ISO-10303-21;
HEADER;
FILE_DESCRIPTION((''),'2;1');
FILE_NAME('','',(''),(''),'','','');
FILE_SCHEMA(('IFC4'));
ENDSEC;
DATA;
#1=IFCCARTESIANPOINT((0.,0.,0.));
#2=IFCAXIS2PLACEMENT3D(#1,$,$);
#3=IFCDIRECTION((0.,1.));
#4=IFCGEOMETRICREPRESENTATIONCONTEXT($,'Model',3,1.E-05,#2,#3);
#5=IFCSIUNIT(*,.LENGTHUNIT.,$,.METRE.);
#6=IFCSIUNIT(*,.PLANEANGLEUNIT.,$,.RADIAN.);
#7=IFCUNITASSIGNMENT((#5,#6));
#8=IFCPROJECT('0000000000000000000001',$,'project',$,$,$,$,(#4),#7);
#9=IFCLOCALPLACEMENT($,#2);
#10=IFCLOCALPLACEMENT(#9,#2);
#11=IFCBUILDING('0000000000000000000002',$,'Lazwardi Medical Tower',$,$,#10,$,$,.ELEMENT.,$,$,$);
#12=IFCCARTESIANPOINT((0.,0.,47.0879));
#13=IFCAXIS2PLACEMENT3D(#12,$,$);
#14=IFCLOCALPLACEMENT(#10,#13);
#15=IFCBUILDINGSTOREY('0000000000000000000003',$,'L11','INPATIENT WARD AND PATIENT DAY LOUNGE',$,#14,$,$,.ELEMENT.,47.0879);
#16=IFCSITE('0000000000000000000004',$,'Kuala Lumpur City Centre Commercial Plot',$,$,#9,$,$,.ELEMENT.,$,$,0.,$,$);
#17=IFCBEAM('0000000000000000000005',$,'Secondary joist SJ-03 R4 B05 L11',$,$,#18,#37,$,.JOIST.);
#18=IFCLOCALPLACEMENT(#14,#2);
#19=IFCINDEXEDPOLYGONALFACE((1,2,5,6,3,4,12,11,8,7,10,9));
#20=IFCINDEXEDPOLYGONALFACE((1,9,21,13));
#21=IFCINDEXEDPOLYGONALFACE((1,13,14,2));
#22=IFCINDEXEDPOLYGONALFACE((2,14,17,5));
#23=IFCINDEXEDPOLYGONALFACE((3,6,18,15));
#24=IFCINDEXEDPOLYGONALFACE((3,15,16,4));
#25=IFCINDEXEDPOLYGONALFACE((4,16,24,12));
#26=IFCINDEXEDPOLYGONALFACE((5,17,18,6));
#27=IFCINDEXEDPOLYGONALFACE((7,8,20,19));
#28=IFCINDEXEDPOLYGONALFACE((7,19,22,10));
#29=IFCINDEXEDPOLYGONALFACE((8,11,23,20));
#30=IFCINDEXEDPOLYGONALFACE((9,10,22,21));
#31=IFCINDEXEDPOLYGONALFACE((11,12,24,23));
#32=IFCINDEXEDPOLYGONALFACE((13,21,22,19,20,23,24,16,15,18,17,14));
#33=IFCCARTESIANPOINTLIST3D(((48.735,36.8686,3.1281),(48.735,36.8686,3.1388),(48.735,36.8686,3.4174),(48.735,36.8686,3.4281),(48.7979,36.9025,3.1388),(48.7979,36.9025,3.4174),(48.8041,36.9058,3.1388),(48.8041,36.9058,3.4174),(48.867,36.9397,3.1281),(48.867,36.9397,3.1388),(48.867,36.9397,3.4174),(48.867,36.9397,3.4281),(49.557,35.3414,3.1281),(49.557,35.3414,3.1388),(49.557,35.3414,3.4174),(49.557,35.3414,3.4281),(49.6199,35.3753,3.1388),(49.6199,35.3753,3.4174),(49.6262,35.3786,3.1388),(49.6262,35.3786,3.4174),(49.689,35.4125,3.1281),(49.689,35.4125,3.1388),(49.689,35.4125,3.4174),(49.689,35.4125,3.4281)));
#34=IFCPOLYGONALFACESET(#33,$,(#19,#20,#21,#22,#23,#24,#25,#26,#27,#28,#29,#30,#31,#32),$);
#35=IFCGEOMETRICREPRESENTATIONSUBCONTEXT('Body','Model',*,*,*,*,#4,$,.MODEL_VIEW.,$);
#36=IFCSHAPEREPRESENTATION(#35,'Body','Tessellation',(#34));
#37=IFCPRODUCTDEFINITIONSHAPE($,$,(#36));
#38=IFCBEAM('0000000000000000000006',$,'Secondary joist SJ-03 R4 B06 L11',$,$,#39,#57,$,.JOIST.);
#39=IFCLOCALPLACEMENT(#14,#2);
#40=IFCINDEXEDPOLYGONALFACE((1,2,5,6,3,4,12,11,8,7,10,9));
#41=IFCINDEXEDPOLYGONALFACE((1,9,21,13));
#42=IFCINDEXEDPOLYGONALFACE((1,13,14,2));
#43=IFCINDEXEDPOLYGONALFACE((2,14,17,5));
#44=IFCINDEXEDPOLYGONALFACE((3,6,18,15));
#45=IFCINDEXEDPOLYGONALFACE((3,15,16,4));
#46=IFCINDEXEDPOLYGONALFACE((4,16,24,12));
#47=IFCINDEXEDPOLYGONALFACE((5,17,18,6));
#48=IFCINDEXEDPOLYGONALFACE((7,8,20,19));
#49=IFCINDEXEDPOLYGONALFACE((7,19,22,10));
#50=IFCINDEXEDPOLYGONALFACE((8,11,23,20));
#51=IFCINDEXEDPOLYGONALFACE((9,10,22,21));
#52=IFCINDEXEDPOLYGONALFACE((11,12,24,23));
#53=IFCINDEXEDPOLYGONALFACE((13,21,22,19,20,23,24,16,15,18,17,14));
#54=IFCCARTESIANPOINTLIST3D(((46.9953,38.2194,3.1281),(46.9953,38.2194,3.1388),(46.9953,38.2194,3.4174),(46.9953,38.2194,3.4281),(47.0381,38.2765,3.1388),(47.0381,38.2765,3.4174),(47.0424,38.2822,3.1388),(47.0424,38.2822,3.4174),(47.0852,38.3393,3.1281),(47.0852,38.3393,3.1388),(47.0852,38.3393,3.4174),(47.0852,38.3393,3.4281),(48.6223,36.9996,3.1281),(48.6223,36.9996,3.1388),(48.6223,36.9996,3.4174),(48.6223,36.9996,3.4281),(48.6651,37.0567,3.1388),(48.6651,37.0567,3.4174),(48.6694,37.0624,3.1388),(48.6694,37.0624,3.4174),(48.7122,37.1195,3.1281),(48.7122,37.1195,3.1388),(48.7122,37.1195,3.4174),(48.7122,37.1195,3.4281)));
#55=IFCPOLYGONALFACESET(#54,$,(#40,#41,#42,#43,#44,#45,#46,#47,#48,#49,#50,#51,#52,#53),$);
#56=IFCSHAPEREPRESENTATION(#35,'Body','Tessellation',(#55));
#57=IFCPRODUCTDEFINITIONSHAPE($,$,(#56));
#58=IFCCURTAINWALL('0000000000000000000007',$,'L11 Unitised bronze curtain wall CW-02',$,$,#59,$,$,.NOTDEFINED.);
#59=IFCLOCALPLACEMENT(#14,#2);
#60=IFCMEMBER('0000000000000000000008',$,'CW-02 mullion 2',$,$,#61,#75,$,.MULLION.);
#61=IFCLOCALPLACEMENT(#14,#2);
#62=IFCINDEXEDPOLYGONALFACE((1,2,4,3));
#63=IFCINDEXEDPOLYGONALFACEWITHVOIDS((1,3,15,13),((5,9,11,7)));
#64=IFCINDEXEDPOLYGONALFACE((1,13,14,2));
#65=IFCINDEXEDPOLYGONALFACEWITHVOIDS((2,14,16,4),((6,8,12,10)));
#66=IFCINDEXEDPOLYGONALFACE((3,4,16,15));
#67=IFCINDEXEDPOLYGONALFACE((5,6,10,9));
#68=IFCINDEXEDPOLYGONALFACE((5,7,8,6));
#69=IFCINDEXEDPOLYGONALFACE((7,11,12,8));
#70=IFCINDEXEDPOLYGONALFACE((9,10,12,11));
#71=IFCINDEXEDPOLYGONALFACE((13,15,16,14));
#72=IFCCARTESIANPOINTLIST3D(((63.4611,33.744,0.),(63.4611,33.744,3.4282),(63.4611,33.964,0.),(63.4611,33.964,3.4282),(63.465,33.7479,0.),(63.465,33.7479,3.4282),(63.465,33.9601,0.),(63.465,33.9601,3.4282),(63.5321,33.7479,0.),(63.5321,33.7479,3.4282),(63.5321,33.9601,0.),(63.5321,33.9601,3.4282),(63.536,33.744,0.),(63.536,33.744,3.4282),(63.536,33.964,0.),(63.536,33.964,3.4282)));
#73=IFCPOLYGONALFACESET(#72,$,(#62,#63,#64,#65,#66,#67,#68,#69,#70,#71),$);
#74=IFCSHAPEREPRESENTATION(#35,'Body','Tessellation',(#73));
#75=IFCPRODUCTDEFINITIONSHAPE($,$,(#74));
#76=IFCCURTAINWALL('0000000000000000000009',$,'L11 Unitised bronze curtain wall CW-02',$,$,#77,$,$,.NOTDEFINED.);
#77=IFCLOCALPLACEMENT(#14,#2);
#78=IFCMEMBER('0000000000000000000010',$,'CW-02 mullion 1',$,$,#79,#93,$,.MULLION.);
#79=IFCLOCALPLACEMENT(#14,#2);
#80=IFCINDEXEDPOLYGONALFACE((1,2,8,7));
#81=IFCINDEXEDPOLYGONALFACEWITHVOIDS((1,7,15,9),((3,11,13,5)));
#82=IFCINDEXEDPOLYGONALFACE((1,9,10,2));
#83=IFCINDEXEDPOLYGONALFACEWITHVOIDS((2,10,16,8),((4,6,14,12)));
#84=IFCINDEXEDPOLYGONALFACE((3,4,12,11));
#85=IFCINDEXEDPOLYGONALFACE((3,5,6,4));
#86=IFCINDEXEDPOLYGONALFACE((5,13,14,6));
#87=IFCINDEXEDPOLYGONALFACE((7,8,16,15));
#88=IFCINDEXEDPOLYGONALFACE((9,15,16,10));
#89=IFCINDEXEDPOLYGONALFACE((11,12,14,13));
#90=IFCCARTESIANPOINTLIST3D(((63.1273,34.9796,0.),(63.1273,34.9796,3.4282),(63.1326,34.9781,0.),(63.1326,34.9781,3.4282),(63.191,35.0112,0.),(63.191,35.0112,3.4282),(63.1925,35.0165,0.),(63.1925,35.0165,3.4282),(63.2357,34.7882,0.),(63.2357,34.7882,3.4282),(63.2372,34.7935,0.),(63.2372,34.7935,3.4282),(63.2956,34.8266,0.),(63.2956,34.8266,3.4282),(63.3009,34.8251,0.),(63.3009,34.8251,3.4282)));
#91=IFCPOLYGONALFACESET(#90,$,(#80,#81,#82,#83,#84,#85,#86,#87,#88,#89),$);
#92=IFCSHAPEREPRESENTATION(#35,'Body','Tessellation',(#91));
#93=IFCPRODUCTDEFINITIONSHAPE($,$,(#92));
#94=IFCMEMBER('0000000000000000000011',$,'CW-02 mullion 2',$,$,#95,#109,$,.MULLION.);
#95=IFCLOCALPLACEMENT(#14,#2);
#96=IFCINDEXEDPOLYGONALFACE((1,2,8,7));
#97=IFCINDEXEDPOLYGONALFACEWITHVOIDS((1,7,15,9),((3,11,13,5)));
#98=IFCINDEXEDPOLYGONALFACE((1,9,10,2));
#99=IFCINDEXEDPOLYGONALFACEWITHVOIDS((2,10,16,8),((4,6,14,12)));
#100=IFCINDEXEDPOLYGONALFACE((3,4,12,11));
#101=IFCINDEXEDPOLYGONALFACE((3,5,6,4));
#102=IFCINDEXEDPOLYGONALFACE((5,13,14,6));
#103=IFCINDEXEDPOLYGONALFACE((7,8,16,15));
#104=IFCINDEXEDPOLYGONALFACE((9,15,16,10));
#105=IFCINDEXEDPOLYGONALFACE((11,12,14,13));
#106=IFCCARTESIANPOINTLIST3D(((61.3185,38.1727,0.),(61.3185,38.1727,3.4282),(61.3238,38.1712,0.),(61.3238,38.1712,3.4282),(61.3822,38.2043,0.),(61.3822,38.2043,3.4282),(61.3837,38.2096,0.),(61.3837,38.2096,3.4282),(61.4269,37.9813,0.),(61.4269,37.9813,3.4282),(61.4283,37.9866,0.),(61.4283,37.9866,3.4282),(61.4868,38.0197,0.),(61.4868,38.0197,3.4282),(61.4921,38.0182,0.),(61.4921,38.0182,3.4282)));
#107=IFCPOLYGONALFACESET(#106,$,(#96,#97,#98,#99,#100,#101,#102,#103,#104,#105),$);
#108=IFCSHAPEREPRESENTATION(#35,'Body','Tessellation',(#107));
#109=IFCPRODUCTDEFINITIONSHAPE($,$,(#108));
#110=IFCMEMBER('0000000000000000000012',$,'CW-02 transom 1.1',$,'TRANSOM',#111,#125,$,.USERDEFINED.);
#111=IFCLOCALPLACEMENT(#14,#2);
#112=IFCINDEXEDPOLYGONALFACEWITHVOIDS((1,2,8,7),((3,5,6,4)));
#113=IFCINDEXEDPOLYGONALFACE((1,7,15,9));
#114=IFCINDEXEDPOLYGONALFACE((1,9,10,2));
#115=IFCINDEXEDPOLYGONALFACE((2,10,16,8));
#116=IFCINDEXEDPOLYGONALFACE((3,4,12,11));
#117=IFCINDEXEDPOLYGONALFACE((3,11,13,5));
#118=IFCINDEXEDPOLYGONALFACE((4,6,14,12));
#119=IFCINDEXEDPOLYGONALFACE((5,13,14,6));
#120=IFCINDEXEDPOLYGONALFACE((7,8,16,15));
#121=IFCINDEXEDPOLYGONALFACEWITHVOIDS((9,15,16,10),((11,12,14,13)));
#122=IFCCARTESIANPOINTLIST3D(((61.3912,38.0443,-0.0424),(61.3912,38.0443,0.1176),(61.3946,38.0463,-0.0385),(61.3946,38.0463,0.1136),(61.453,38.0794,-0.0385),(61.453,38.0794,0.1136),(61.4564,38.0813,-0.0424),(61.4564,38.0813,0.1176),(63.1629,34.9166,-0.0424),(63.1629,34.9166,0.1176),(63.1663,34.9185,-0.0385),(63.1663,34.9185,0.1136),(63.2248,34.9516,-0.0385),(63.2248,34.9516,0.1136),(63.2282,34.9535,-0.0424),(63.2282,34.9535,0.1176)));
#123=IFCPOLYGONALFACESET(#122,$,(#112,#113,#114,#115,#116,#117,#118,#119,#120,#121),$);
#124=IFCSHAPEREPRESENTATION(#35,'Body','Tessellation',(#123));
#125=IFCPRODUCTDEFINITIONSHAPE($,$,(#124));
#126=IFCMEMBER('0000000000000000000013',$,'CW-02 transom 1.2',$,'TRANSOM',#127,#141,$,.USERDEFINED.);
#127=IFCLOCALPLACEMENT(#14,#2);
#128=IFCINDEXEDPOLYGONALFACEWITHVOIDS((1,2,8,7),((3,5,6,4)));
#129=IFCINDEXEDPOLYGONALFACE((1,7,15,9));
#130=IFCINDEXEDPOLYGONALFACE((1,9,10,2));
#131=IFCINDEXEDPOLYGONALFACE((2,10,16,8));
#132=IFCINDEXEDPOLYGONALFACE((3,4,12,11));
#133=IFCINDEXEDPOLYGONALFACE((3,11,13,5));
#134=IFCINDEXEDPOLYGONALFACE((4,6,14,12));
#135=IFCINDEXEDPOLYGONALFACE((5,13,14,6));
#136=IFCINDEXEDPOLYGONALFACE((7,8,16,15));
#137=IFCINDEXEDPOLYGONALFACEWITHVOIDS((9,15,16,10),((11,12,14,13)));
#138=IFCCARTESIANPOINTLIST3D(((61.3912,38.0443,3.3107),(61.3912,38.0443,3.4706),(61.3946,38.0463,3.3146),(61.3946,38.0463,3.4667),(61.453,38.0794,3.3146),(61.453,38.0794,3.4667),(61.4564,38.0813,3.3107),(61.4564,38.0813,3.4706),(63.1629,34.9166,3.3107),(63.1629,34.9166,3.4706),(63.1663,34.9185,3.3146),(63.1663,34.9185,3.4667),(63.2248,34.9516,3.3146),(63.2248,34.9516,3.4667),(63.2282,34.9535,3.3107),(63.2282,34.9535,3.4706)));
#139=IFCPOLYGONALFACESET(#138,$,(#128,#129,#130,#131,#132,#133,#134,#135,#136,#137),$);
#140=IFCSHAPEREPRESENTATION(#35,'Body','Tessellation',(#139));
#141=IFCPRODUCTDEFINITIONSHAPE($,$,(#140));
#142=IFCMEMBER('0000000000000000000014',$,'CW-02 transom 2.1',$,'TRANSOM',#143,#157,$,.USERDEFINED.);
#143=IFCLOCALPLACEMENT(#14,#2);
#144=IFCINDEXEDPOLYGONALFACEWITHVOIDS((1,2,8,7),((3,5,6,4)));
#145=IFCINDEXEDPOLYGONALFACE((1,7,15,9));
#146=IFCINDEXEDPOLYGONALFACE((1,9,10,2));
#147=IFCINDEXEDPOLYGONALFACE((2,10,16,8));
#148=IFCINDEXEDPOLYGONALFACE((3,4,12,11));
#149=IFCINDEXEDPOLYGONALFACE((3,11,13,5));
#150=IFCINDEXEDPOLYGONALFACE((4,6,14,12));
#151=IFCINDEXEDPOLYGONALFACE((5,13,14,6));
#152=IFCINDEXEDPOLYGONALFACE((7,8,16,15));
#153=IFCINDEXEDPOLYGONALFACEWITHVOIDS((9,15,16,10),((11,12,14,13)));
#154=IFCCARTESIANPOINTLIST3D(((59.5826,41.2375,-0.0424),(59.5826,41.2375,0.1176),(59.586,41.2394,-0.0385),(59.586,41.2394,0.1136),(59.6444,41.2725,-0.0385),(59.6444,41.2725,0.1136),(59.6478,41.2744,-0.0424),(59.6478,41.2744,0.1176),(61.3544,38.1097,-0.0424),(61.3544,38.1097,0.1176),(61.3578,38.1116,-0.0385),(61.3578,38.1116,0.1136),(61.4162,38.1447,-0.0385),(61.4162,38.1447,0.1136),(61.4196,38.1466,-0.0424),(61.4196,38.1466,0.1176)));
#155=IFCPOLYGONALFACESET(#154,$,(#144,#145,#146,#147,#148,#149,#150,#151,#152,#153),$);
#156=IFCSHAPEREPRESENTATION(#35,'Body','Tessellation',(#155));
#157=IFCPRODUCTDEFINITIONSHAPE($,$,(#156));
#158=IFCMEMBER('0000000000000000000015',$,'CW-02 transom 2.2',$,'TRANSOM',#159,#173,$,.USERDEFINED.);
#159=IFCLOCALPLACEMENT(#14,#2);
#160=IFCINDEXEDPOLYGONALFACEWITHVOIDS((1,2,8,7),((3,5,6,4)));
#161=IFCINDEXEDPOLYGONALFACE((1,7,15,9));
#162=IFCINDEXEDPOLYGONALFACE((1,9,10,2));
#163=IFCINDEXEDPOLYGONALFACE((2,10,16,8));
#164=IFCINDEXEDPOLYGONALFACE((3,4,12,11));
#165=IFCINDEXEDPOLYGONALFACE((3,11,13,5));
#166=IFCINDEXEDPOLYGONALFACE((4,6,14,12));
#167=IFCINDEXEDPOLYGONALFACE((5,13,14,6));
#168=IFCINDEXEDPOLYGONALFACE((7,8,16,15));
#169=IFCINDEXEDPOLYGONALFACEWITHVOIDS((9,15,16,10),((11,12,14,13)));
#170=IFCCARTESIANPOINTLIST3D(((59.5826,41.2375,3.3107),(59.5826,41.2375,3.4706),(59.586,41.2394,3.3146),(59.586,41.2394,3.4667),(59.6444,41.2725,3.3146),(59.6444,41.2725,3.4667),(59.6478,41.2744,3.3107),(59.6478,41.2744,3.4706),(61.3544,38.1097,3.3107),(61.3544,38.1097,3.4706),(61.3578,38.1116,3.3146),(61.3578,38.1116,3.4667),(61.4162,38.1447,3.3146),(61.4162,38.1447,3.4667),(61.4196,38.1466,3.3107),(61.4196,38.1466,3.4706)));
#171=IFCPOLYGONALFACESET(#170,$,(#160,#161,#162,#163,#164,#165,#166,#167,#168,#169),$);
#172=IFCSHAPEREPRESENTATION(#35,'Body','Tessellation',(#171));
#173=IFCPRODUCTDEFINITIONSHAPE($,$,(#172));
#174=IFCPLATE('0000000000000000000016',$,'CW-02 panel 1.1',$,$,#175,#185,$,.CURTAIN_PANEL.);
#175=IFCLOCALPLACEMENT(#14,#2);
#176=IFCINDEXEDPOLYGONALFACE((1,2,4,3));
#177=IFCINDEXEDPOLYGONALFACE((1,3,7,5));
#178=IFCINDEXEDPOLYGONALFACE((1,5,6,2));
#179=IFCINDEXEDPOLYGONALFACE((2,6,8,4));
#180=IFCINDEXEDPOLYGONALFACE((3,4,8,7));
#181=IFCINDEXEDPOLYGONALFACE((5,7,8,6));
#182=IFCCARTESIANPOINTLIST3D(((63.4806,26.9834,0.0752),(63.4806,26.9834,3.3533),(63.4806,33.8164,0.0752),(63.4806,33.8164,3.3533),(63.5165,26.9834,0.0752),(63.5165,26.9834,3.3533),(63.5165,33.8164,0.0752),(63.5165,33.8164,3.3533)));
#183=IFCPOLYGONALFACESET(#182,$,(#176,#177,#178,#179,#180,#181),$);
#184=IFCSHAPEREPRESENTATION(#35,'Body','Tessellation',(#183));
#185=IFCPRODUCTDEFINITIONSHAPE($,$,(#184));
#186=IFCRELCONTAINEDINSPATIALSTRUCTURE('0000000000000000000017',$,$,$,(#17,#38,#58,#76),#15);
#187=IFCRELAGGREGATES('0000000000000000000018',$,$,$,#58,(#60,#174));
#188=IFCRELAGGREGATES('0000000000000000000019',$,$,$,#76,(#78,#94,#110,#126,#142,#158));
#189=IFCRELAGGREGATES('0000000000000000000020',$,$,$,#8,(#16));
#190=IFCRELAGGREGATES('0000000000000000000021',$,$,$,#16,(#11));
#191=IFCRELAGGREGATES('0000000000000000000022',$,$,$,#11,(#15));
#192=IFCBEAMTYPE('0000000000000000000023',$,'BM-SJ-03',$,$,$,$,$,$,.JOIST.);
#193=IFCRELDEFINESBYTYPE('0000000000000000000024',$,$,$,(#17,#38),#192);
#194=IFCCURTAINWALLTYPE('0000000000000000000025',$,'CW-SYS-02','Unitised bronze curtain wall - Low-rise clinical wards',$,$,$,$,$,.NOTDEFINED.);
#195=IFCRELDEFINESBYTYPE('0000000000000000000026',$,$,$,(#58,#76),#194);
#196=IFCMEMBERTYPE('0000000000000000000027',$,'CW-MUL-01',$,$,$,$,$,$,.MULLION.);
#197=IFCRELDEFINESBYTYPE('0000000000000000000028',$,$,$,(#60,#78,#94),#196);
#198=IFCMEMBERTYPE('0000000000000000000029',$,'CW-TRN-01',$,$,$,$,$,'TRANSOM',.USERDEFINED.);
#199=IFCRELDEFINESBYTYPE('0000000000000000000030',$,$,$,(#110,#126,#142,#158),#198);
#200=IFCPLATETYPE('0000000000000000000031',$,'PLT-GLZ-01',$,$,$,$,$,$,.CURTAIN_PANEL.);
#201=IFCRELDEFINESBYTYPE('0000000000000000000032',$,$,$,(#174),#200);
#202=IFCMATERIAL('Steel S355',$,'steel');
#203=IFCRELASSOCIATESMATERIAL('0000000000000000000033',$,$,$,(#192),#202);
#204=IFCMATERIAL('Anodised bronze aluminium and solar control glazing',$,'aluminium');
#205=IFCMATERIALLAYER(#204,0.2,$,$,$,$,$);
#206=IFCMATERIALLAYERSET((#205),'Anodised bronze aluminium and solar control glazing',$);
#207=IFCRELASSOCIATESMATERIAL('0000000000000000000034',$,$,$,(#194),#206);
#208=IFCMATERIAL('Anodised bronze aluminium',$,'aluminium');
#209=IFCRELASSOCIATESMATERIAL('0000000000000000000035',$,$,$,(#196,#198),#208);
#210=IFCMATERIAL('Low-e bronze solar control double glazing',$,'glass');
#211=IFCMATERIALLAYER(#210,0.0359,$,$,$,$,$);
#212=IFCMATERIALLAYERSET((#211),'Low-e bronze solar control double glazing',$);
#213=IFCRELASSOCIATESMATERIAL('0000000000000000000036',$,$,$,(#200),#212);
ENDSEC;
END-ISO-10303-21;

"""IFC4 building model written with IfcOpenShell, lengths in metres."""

from ifc_helpers import new_model, si_unit, direction, frame, origin, origin_2d, place, context, subcontext, project, spatial, rectangle, hollow_rectangle, i_section, extrude, material, layer, layer_set, material_profile, profile_set, type_object, element, aggregate, save


model = new_model("IFC4")

# Units and contexts
model_context = context("Model", 3, precision=1e-05, world=origin(), true_north=direction((0.0, 1.0)))
body_context = subcontext(model_context, "Body", "Model", "MODEL_VIEW")
ifc_project = project(units=[si_unit("LENGTHUNIT", "METRE"), si_unit("PLANEANGLEUNIT", "RADIAN")], contexts=[model_context])

# Site, building, storey
site_placement = place(None, origin())
site = spatial("IfcSite", under=ifc_project, at=site_placement, Name="Kuala Lumpur City Centre Commercial Plot", CompositionType="ELEMENT", RefElevation=0.0)
building_placement = place(site_placement, origin())
building = spatial("IfcBuilding", under=site, at=building_placement, Name="Lazwardi Medical Tower", CompositionType="ELEMENT")
storey_placement = place(building_placement, frame((0.0, 0.0, 47.0879)))
storey = spatial("IfcBuildingStorey", under=building, at=storey_placement, Name="L11", Description="INPATIENT WARD AND PATIENT DAY LOUNGE", CompositionType="ELEMENT", Elevation=47.0879)

# Beams
ifc_material_1 = material(Name="Steel S355", Category="steel")
ifc_material_profile_1 = material_profile(ifc_material_1, i_section(OverallWidth=0.1499, OverallDepth=0.3, WebThickness=0.0071, FlangeThickness=0.0107, at=origin_2d()), Name="IPE 300")
ifc_profile_set_1 = profile_set([ifc_material_profile_1], Name="Steel S355")
beam_type_1 = type_object("IfcBeamType", Name="BM-SJ-03", PredefinedType="JOIST", material=ifc_profile_set_1)
beam_1_placement = place(storey_placement, frame((49.623, 35.377, 3.2781), z_axis=(-0.473982, 0.880534, 0.0), x_axis=(-0.880534, -0.473982, 0.0)))
element("IfcBeam", 1, at=beam_1_placement, inside=storey, type_object=beam_type_1, Name="Secondary joist SJ-03 R4 B05 L11", PredefinedType="JOIST", context=body_context, shape_type="SweptSolid", body=[
    extrude(i_section(OverallWidth=0.1499, OverallDepth=0.3, WebThickness=0.0071, FlangeThickness=0.0107, at=origin_2d()), origin(), (0.0, 0.0, 1.0), 1.7344),
])
beam_2_placement = place(storey_placement, frame((48.6672, 37.0596, 3.2781), z_axis=(-0.800115, 0.599846, 0.0), x_axis=(-0.599846, -0.800115, 0.0)))
element("IfcBeam", 2, at=beam_2_placement, inside=storey, type_object=beam_type_1, Name="Secondary joist SJ-03 R4 B06 L11", PredefinedType="JOIST", context=body_context, shape_type="SweptSolid", body=[
    extrude(i_section(OverallWidth=0.1499, OverallDepth=0.3, WebThickness=0.0071, FlangeThickness=0.0107, at=origin_2d()), origin(), (0.0, 0.0, 1.0), 2.0334),
])

# Curtain wall, member
ifc_material_2 = material(Name="Anodised bronze aluminium and solar control glazing", Category="aluminium")
ifc_layer_1 = layer(ifc_material_2, 0.2)
ifc_layer_set_1 = layer_set([ifc_layer_1], Name="Anodised bronze aluminium and solar control glazing")
curtain_wall_type = type_object("IfcCurtainWallType", Name="CW-SYS-02", Description="Unitised bronze curtain wall - Low-rise clinical wards", PredefinedType="NOTDEFINED", material=ifc_layer_set_1)
curtain_wall_1_placement = place(storey_placement, origin())
curtain_wall_1 = element("IfcCurtainWall", 3, at=curtain_wall_1_placement, inside=storey, type_object=curtain_wall_type, Name="L11 Unitised bronze curtain wall CW-02", PredefinedType="NOTDEFINED")
ifc_material_3 = material(Name="Anodised bronze aluminium", Category="aluminium")
ifc_material_profile_2 = material_profile(ifc_material_3, hollow_rectangle(XDim=0.075, YDim=0.22, WallThickness=0.0039, at=origin_2d()), Name="ALU-MULLION 220x75x4")
ifc_profile_set_2 = profile_set([ifc_material_profile_2], Name="Anodised bronze aluminium")
member_type_1 = type_object("IfcMemberType", Name="CW-MUL-01", PredefinedType="MULLION", material=ifc_profile_set_2)
member_1_placement = place(storey_placement, frame((63.4985, 33.854, 0.0), z_axis=(0.0, 0.0, 1.0), x_axis=(-1.0, 0.0, 0.0)))
member_1 = element("IfcMember", 4, at=member_1_placement, type_object=member_type_1, Name="CW-02 mullion 2", PredefinedType="MULLION", context=body_context, shape_type="SweptSolid", body=[
    extrude(hollow_rectangle(XDim=0.075, YDim=0.22, WallThickness=0.0039, at=origin_2d()), origin(), (0.0, 0.0, 1.0), 3.4282),
])

# Curtain wall, members
curtain_wall_2_placement = place(storey_placement, origin())
curtain_wall_2 = element("IfcCurtainWall", 5, at=curtain_wall_2_placement, inside=storey, type_object=curtain_wall_type, Name="L11 Unitised bronze curtain wall CW-02", PredefinedType="NOTDEFINED")
member_2_placement = place(storey_placement, frame((63.2141, 34.9023, 0.0), z_axis=(0.0, 0.0, 1.0), x_axis=(-0.870112, -0.492854, 0.0)))
member_2 = element("IfcMember", 6, at=member_2_placement, type_object=member_type_1, Name="CW-02 mullion 1", PredefinedType="MULLION", context=body_context, shape_type="SweptSolid", body=[
    extrude(hollow_rectangle(XDim=0.075, YDim=0.22, WallThickness=0.0039, at=origin_2d()), origin(), (0.0, 0.0, 1.0), 3.4282),
])
member_3_placement = place(storey_placement, frame((61.4053, 38.0955, 0.0), z_axis=(0.0, 0.0, 1.0), x_axis=(-0.870112, -0.492854, 0.0)))
member_3 = element("IfcMember", 7, at=member_3_placement, type_object=member_type_1, Name="CW-02 mullion 2", PredefinedType="MULLION", context=body_context, shape_type="SweptSolid", body=[
    extrude(hollow_rectangle(XDim=0.075, YDim=0.22, WallThickness=0.0039, at=origin_2d()), origin(), (0.0, 0.0, 1.0), 3.4282),
])
ifc_material_profile_3 = material_profile(ifc_material_3, hollow_rectangle(XDim=0.075, YDim=0.1599, WallThickness=0.0039, at=origin_2d()), Name="ALU-TRANSOM 160x75x4")
ifc_profile_set_3 = profile_set([ifc_material_profile_3], Name="Anodised bronze aluminium")
member_type_2 = type_object("IfcMemberType", Name="CW-TRN-01", ElementType="TRANSOM", PredefinedType="USERDEFINED", material=ifc_profile_set_3)
member_4_placement = place(storey_placement, frame((63.1956, 34.9351, 0.0376), z_axis=(-0.492881, 0.870097, 0.0), x_axis=(-0.870097, -0.492881, 0.0)))
member_4 = element("IfcMember", 8, at=member_4_placement, type_object=member_type_2, Name="CW-02 transom 1.1", ObjectType="TRANSOM", PredefinedType="USERDEFINED", context=body_context, shape_type="SweptSolid", body=[
    extrude(hollow_rectangle(XDim=0.075, YDim=0.1599, WallThickness=0.0039, at=origin_2d()), origin(), (0.0, 0.0, 1.0), 3.5947),
])
member_5_placement = place(storey_placement, frame((63.1956, 34.9351, 3.3906), z_axis=(-0.492881, 0.870097, 0.0), x_axis=(-0.870097, -0.492881, 0.0)))
member_5 = element("IfcMember", 9, at=member_5_placement, type_object=member_type_2, Name="CW-02 transom 1.2", ObjectType="TRANSOM", PredefinedType="USERDEFINED", context=body_context, shape_type="SweptSolid", body=[
    extrude(hollow_rectangle(XDim=0.075, YDim=0.1599, WallThickness=0.0039, at=origin_2d()), origin(), (0.0, 0.0, 1.0), 3.5947),
])
member_6_placement = place(storey_placement, frame((61.387, 38.1282, 0.0376), z_axis=(-0.492881, 0.870097, 0.0), x_axis=(-0.870097, -0.492881, 0.0)))
member_6 = element("IfcMember", 10, at=member_6_placement, type_object=member_type_2, Name="CW-02 transom 2.1", ObjectType="TRANSOM", PredefinedType="USERDEFINED", context=body_context, shape_type="SweptSolid", body=[
    extrude(hollow_rectangle(XDim=0.075, YDim=0.1599, WallThickness=0.0039, at=origin_2d()), origin(), (0.0, 0.0, 1.0), 3.5947),
])
member_7_placement = place(storey_placement, frame((61.387, 38.1282, 3.3906), z_axis=(-0.492881, 0.870097, 0.0), x_axis=(-0.870097, -0.492881, 0.0)))
member_7 = element("IfcMember", 11, at=member_7_placement, type_object=member_type_2, Name="CW-02 transom 2.2", ObjectType="TRANSOM", PredefinedType="USERDEFINED", context=body_context, shape_type="SweptSolid", body=[
    extrude(hollow_rectangle(XDim=0.075, YDim=0.1599, WallThickness=0.0039, at=origin_2d()), origin(), (0.0, 0.0, 1.0), 3.5947),
])

# Plate
ifc_material_4 = material(Name="Low-e bronze solar control double glazing", Category="glass")
ifc_layer_2 = layer(ifc_material_4, 0.0359)
ifc_layer_set_2 = layer_set([ifc_layer_2], Name="Low-e bronze solar control double glazing")
plate_type = type_object("IfcPlateType", Name="PLT-GLZ-01", PredefinedType="CURTAIN_PANEL", material=ifc_layer_set_2)
plate_1_placement = place(storey_placement, frame((63.4985, 30.3999, 0.0752), z_axis=(0.0, 0.0, 1.0), x_axis=(0.0, 1.0, 0.0)))
plate_1 = element("IfcPlate", 12, at=plate_1_placement, type_object=plate_type, Name="CW-02 panel 1.1", PredefinedType="CURTAIN_PANEL", context=body_context, shape_type="SweptSolid", body=[
    extrude(rectangle(XDim=6.833, YDim=0.0359, at=origin_2d()), origin(), (0.0, 0.0, 1.0), 3.2781),
])
aggregate(curtain_wall_1, [member_1, plate_1])
aggregate(curtain_wall_2, [member_2, member_3, member_4, member_5, member_6, member_7])

save(model, "model.ifc")
